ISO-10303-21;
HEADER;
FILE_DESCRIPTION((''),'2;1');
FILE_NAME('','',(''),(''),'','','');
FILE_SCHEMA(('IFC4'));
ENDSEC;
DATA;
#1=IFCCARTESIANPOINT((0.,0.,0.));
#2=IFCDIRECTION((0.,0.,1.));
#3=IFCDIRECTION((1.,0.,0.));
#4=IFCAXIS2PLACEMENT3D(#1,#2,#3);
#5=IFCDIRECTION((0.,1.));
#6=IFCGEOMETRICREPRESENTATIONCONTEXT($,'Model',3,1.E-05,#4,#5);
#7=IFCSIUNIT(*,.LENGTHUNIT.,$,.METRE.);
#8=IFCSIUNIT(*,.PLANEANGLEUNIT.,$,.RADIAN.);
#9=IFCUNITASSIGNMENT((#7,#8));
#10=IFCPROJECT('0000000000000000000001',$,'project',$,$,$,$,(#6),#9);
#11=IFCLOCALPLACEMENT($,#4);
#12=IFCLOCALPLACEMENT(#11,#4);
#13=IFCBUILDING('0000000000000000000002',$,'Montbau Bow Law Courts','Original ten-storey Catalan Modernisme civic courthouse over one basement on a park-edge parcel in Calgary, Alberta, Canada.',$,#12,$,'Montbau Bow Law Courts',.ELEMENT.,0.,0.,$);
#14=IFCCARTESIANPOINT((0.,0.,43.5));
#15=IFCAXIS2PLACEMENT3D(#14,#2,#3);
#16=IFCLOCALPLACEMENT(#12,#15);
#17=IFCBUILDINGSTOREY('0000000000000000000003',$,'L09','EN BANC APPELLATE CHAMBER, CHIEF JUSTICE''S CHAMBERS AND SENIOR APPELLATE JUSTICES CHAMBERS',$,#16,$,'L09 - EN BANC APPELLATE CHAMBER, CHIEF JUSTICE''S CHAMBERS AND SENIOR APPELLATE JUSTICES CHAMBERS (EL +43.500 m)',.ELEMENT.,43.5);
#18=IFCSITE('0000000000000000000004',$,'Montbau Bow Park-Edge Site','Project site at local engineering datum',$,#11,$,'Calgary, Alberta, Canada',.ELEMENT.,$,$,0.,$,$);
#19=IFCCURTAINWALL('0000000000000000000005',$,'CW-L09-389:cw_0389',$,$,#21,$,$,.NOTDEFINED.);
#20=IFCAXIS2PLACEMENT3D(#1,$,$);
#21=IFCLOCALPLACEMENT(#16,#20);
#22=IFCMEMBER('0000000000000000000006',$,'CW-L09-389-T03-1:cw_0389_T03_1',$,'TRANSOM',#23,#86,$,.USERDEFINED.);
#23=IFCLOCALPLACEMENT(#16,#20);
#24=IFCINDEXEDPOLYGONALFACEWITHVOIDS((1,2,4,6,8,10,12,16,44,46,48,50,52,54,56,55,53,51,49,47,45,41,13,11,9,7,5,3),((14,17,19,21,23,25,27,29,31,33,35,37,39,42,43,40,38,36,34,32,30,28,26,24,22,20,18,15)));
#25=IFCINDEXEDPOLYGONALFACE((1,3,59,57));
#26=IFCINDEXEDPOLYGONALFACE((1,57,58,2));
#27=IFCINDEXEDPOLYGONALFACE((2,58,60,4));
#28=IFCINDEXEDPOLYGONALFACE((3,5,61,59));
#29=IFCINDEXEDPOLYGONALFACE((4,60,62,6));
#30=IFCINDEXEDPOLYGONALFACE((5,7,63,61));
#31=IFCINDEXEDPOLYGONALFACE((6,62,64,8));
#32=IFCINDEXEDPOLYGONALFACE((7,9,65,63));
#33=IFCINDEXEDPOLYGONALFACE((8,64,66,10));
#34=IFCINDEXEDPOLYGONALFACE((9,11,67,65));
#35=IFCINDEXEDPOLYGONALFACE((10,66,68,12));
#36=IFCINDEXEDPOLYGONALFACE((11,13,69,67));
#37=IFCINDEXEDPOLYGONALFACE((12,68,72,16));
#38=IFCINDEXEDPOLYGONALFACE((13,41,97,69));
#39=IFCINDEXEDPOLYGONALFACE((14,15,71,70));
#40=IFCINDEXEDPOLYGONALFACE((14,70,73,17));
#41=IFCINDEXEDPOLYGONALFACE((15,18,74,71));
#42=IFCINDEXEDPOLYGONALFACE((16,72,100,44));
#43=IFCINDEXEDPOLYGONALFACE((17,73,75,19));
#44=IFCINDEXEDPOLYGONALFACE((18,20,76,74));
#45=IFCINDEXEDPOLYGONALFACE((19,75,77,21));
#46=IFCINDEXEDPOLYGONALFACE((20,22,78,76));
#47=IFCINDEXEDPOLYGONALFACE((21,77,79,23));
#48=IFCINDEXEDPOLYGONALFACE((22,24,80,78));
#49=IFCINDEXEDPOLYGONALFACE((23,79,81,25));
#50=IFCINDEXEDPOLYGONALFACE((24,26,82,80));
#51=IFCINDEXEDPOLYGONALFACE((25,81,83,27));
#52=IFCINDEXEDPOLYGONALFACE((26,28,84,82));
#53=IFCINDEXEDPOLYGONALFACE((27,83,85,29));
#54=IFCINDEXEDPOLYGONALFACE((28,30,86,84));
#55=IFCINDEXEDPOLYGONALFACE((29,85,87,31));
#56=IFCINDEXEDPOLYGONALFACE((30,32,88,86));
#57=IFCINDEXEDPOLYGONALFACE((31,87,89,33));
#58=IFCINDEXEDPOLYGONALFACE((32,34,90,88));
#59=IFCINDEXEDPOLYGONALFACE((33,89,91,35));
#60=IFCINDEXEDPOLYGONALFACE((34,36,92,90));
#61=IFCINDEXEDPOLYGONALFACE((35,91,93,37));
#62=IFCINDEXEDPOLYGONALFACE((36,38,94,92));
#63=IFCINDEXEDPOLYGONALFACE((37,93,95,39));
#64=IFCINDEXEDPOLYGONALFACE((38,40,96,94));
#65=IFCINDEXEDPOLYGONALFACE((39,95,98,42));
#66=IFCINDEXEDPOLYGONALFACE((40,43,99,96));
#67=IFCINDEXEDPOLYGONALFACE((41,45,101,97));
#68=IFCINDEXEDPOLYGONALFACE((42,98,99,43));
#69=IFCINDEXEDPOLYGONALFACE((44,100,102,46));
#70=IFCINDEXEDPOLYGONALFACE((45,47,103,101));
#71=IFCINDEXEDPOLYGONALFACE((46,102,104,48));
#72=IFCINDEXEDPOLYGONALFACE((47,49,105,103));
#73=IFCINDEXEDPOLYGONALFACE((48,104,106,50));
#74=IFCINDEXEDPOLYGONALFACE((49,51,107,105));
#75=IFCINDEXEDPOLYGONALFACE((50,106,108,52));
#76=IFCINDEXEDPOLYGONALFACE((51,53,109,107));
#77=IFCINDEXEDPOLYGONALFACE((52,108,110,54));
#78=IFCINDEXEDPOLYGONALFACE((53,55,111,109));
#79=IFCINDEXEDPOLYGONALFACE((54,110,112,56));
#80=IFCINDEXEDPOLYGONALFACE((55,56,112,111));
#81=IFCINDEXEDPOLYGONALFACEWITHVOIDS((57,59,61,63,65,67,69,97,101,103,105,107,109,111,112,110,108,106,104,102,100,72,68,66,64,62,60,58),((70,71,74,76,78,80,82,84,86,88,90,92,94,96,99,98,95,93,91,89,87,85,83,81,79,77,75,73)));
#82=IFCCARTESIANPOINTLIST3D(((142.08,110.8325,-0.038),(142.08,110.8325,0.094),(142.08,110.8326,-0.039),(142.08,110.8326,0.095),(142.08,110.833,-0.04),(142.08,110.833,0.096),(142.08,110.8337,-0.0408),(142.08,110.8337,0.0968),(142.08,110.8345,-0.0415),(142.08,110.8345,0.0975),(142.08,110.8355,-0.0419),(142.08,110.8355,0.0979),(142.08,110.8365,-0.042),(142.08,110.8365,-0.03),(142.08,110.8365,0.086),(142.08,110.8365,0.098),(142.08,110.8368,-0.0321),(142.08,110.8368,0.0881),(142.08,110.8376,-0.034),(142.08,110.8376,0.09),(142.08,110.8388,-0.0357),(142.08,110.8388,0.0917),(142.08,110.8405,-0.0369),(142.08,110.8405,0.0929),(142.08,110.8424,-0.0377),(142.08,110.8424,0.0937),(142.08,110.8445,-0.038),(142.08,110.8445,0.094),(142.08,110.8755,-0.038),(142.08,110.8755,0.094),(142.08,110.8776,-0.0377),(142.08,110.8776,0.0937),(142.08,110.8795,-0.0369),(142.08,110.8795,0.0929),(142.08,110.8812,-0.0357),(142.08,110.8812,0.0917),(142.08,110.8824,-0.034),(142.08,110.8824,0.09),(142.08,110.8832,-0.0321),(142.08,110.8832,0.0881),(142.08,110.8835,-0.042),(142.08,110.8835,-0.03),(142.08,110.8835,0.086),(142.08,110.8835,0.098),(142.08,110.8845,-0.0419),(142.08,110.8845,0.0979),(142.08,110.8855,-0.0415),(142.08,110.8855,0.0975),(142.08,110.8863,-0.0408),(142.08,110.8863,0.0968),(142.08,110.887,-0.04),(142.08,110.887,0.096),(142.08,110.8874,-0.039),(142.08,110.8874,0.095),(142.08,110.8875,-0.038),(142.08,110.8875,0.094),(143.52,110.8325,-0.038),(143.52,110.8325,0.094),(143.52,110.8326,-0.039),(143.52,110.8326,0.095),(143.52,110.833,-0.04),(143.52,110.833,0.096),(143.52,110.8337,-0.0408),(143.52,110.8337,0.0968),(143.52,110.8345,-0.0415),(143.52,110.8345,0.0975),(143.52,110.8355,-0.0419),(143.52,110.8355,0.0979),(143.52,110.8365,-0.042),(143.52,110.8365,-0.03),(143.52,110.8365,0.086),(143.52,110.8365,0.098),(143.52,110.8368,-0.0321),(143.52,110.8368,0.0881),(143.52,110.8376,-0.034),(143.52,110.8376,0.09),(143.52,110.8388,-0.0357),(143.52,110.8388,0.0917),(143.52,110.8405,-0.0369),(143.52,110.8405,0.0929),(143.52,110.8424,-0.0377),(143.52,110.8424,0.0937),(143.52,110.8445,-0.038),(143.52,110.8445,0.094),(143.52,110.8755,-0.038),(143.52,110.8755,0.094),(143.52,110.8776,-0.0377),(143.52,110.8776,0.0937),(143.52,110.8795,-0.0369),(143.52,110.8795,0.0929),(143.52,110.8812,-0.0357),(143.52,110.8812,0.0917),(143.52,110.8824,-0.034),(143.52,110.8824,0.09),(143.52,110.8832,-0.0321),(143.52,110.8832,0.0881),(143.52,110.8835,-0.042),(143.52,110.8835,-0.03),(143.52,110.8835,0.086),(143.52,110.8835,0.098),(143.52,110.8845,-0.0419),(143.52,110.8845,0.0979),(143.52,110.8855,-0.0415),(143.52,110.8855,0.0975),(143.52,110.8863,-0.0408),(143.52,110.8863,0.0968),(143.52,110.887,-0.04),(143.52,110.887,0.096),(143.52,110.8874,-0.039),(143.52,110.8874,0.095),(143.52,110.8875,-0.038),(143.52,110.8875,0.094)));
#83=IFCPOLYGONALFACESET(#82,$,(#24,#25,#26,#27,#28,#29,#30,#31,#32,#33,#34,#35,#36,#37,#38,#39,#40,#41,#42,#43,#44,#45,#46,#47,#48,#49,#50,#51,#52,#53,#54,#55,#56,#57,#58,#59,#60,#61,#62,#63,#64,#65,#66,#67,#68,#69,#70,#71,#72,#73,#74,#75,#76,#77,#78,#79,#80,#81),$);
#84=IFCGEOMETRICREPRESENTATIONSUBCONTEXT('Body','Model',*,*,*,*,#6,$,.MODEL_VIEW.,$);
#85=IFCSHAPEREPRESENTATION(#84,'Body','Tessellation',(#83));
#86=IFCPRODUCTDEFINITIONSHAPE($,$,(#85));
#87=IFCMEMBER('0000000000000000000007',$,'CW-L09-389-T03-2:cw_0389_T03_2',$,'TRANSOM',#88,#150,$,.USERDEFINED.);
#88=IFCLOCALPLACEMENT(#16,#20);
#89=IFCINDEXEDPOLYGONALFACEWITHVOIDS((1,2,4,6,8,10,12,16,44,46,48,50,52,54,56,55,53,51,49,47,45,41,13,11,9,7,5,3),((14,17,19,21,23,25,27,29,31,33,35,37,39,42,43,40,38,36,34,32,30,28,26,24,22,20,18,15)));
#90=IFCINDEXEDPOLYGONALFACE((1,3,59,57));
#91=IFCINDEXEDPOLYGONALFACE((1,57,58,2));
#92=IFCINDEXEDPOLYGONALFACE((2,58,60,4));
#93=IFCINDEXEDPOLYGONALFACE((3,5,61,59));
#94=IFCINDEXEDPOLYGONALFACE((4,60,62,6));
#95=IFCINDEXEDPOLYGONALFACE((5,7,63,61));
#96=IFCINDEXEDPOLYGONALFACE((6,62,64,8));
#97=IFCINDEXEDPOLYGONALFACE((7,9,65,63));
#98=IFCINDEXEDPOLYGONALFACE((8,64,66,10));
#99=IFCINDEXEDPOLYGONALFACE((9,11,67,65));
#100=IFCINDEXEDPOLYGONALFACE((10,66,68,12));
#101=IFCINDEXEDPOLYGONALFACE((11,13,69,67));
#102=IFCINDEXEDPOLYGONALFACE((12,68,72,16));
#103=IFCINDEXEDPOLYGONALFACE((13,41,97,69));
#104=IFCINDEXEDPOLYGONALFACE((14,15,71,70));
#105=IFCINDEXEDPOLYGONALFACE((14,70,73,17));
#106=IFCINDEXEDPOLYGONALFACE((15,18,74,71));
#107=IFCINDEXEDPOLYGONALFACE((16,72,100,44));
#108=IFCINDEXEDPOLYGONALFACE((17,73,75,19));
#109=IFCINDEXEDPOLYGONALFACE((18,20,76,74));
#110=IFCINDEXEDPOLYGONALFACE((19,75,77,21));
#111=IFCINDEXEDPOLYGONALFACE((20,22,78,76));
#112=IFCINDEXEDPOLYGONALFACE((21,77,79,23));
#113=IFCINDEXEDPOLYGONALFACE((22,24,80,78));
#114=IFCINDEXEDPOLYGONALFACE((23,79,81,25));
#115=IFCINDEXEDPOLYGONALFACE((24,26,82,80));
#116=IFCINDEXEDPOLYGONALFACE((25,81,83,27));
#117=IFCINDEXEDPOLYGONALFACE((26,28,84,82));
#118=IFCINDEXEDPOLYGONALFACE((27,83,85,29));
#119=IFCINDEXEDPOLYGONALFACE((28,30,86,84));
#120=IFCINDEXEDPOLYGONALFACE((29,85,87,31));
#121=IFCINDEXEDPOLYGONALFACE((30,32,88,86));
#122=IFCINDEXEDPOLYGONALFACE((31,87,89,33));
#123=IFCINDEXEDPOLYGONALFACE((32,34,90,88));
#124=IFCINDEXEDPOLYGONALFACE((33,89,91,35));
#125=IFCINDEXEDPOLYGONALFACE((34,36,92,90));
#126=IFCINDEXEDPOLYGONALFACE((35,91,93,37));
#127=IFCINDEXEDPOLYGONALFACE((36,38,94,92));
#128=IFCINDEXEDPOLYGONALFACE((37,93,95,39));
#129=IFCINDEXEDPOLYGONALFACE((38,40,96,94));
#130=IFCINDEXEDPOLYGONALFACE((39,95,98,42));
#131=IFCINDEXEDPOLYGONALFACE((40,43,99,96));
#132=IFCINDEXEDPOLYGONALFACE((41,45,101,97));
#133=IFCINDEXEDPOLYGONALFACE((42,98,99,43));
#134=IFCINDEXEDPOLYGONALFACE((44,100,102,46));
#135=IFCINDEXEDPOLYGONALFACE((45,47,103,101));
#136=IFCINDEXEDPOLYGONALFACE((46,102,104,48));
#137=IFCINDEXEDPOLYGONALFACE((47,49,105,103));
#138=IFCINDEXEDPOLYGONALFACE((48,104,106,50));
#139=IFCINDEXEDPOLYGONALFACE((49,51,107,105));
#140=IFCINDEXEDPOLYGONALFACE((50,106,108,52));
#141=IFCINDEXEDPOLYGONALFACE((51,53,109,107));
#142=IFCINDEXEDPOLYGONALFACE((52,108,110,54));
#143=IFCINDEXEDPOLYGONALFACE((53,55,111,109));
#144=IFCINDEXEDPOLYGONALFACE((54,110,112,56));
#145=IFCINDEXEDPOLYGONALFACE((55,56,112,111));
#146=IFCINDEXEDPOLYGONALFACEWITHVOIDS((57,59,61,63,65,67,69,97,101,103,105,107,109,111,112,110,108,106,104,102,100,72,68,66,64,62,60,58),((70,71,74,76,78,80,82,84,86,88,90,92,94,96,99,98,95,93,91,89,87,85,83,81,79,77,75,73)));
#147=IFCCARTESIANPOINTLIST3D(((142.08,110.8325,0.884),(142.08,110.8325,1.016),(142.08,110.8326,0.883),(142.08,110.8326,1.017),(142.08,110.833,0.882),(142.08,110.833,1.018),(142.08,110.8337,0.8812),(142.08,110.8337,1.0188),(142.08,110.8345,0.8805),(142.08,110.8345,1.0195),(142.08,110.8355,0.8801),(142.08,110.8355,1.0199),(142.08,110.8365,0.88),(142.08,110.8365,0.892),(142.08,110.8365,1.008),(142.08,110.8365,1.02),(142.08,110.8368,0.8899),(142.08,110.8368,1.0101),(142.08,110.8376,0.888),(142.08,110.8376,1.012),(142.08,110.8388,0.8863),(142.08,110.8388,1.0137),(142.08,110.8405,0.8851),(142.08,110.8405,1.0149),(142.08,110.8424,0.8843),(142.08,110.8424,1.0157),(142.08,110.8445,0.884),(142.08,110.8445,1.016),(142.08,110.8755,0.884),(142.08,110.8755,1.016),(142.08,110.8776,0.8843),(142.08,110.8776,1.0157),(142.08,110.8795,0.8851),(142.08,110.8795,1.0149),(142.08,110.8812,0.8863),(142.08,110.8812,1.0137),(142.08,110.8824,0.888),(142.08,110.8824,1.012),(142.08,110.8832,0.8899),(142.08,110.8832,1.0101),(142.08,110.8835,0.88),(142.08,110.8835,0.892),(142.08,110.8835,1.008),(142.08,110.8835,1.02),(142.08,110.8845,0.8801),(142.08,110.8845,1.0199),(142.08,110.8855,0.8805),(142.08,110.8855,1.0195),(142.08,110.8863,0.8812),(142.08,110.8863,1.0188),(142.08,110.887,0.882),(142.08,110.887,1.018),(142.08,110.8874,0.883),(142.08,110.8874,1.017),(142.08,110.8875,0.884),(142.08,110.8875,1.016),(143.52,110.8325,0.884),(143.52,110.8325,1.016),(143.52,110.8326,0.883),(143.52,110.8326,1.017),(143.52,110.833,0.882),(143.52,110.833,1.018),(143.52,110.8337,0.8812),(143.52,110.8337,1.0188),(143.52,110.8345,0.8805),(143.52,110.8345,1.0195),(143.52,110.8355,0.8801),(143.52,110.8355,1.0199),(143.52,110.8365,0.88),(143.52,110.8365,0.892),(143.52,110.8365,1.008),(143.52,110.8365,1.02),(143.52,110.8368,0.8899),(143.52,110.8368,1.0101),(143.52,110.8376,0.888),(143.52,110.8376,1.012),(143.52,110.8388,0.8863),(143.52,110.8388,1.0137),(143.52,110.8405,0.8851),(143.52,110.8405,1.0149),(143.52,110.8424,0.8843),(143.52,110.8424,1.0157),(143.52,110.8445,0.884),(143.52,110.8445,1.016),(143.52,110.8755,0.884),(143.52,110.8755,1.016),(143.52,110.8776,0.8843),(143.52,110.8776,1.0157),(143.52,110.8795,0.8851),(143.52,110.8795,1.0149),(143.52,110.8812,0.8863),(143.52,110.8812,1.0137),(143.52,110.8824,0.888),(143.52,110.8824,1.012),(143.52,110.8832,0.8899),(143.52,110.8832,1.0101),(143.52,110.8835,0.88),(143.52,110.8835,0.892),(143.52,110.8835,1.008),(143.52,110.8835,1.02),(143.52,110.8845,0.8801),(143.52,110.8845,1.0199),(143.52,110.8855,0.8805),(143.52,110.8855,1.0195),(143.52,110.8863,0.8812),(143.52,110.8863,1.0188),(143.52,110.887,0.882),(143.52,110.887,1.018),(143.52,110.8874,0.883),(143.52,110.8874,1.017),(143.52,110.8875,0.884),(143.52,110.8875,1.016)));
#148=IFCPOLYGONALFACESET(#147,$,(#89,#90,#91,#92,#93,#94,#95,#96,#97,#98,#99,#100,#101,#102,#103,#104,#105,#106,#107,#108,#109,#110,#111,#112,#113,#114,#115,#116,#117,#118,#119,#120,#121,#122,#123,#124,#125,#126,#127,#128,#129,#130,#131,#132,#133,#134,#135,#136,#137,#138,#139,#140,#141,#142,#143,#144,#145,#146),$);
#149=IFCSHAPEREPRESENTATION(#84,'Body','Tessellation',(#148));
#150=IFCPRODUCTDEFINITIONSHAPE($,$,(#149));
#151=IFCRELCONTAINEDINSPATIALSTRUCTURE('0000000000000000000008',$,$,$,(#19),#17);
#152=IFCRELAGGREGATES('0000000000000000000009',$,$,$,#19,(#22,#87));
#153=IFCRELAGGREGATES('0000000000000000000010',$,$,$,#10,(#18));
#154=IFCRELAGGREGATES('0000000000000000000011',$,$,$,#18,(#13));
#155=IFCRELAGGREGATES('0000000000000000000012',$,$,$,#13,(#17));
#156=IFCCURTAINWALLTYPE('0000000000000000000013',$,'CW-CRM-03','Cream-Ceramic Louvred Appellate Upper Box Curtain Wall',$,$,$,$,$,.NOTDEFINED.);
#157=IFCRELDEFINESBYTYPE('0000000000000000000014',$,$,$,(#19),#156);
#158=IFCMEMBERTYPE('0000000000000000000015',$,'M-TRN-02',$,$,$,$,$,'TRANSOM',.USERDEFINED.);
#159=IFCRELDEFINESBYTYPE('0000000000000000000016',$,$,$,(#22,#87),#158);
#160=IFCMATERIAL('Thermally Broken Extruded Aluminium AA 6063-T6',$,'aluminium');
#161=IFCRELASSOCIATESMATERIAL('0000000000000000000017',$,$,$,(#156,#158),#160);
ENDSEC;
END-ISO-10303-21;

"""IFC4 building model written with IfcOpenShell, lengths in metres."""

from ifc_helpers import new_model, si_unit, direction, frame, origin_with_axes, origin_2d_with_axis, place, context, subcontext, project, spatial, hollow_rectangle, extrude, material, material_profile, profile_set, type_object, element, aggregate, save


model = new_model("IFC4")

# Units and contexts
model_context = context("Model", 3, precision=1e-05, world=origin_with_axes(), true_north=direction((0.0, 1.0)))
body_context = subcontext(model_context, "Body", "Model", "MODEL_VIEW")
ifc_project = project(units=[si_unit("LENGTHUNIT", "METRE"), si_unit("PLANEANGLEUNIT", "RADIAN")], contexts=[model_context])

# Site, building, storey
site_placement = place(None, origin_with_axes())
site = spatial("IfcSite", under=ifc_project, at=site_placement, Name="Montbau Bow Park-Edge Site", Description="Project site at local engineering datum", LongName="Calgary, Alberta, Canada", CompositionType="ELEMENT", RefElevation=0.0)
building_placement = place(site_placement, origin_with_axes())
building = spatial("IfcBuilding", under=site, at=building_placement, Name="Montbau Bow Law Courts", Description="Original ten-storey Catalan Modernisme civic courthouse over one basement on a park-edge parcel in Calgary, Alberta, Canada.", LongName="Montbau Bow Law Courts", CompositionType="ELEMENT", ElevationOfRefHeight=0.0, ElevationOfTerrain=0.0)
storey_placement = place(building_placement, frame((0.0, 0.0, 43.5), z_axis=(0.0, 0.0, 1.0), x_axis=(1.0, 0.0, 0.0)))
storey = spatial("IfcBuildingStorey", under=building, at=storey_placement, Name="L09", Description="EN BANC APPELLATE CHAMBER, CHIEF JUSTICE'S CHAMBERS AND SENIOR APPELLATE JUSTICES CHAMBERS", LongName="L09 - EN BANC APPELLATE CHAMBER, CHIEF JUSTICE'S CHAMBERS AND SENIOR APPELLATE JUSTICES CHAMBERS (EL +43.500 m)", CompositionType="ELEMENT", Elevation=43.5)

# Curtain wall, members
ifc_material_1 = material(Name="Thermally Broken Extruded Aluminium AA 6063-T6", Category="aluminium")
curtain_wall_type = type_object("IfcCurtainWallType", Name="CW-CRM-03", Description="Cream-Ceramic Louvred Appellate Upper Box Curtain Wall", PredefinedType="NOTDEFINED", material=ifc_material_1)
curtain_wall_placement = place(None, frame((139.04, 110.86, 43.5), z_axis=(0.0, 0.0, 1.0), x_axis=(1.0, 0.0, 0.0)))
curtain_wall = element("IfcCurtainWall", 1, at=curtain_wall_placement, inside=storey, type_object=curtain_wall_type, Name="CW-L09-389:cw_0389", PredefinedType="NOTDEFINED")
ifc_material_profile_1 = material_profile(ifc_material_1, hollow_rectangle(XDim=0.055, YDim=0.14, WallThickness=0.004, InnerFilletRadius=0.008, OuterFilletRadius=0.004, at=origin_2d_with_axis()), Name="CWT-140X55", Category="Main", Priority=0)
ifc_profile_set_1 = profile_set([ifc_material_profile_1], Name="Thermally Broken Extruded Aluminium AA 6063-T6")
member_type_1 = type_object("IfcMemberType", Name="M-TRN-02", ElementType="TRANSOM", PredefinedType="USERDEFINED", material=ifc_profile_set_1)
member_1_placement = place(None, frame((142.08, 110.86, 43.528), z_axis=(1.0, 0.0, 0.0), x_axis=(0.0, 1.0, 0.0)))
member_1 = element("IfcMember", 2, at=member_1_placement, type_object=member_type_1, Name="CW-L09-389-T03-1:cw_0389_T03_1", ObjectType="TRANSOM", PredefinedType="USERDEFINED", context=body_context, shape_type="SweptSolid", body=[
    extrude(hollow_rectangle(XDim=0.055, YDim=0.14, WallThickness=0.004, InnerFilletRadius=0.008, OuterFilletRadius=0.004, at=origin_2d_with_axis()), origin_with_axes(), (0.0, 0.0, 1.0), 1.44),
])
member_2_placement = place(None, frame((142.08, 110.86, 44.45), z_axis=(1.0, 0.0, 0.0), x_axis=(0.0, 1.0, 0.0)))
member_2 = element("IfcMember", 3, at=member_2_placement, type_object=member_type_1, Name="CW-L09-389-T03-2:cw_0389_T03_2", ObjectType="TRANSOM", PredefinedType="USERDEFINED", context=body_context, shape_type="SweptSolid", body=[
    extrude(hollow_rectangle(XDim=0.055, YDim=0.14, WallThickness=0.004, InnerFilletRadius=0.008, OuterFilletRadius=0.004, at=origin_2d_with_axis()), origin_with_axes(), (0.0, 0.0, 1.0), 1.44),
])
aggregate(curtain_wall, [member_1, member_2])

save(model, "model.ifc")
